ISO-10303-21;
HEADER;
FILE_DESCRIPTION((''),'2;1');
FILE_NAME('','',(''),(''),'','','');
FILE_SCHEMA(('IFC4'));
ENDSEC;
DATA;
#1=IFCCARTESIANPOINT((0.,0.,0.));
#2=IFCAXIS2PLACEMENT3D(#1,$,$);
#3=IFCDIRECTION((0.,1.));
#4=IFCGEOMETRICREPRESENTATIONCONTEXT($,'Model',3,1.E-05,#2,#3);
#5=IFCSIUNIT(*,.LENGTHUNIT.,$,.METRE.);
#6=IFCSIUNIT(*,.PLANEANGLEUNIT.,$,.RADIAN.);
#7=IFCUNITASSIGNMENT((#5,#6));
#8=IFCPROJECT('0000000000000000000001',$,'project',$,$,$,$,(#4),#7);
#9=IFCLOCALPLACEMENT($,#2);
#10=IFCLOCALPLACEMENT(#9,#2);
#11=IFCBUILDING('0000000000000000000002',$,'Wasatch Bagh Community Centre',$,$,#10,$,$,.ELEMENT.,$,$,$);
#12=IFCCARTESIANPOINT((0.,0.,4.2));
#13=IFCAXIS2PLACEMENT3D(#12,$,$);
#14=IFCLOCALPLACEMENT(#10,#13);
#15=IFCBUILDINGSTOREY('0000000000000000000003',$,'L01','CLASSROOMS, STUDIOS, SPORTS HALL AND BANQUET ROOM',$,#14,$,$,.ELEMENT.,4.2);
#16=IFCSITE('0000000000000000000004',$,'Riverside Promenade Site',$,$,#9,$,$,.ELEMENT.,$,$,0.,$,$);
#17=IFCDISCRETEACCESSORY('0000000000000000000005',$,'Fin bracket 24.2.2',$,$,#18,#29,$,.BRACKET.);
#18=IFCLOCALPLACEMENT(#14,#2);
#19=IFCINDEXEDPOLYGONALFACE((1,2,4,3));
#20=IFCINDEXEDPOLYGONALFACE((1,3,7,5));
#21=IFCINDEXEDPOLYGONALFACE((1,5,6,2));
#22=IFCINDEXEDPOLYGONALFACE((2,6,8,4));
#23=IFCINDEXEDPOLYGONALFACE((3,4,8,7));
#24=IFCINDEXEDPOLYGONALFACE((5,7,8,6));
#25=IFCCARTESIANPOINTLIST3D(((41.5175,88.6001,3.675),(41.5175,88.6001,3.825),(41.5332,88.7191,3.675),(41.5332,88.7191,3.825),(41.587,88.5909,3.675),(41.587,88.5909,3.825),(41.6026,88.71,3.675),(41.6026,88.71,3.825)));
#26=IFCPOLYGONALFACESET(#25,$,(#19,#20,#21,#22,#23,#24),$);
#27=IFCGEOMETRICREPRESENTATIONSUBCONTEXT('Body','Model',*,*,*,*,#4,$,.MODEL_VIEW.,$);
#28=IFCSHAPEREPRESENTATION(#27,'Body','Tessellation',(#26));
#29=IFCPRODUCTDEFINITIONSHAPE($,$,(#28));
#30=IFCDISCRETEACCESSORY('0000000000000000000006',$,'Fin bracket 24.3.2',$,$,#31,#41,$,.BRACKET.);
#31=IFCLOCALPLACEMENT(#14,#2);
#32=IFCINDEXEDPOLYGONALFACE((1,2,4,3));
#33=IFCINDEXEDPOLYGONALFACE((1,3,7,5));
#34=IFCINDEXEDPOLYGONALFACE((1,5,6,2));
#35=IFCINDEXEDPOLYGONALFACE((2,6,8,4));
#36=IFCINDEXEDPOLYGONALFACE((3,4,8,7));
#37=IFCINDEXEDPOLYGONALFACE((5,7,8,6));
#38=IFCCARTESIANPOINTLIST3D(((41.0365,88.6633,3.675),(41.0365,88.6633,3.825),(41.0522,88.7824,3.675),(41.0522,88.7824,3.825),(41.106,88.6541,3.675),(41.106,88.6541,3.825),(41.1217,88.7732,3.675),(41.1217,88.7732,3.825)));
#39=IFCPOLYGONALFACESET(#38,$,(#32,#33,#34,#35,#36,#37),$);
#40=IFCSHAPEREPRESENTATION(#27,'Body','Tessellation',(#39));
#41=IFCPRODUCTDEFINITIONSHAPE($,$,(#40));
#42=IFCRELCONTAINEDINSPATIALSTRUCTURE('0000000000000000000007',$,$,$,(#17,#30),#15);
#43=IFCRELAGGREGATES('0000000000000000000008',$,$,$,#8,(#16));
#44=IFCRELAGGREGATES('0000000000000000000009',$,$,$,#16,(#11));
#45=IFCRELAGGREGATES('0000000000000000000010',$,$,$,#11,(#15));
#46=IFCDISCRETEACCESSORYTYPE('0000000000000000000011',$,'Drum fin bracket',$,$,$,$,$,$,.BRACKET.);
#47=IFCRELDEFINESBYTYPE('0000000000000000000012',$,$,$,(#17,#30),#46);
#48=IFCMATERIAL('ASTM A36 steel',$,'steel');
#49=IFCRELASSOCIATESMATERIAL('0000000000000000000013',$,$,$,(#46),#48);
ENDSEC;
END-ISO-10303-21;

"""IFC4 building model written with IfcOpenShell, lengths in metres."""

from ifc_helpers import new_model, si_unit, direction, frame, origin, origin_2d, place, context, subcontext, project, spatial, rectangle, extrude, material, type_object, element, save


model = new_model("IFC4")

# Units and contexts
model_context = context("Model", 3, precision=1e-05, world=origin(), true_north=direction((0.0, 1.0)))
body_context = subcontext(model_context, "Body", "Model", "MODEL_VIEW")
ifc_project = project(units=[si_unit("LENGTHUNIT", "METRE"), si_unit("PLANEANGLEUNIT", "RADIAN")], contexts=[model_context])

# Site, building, storey
site_placement = place(None, origin())
site = spatial("IfcSite", under=ifc_project, at=site_placement, Name="Riverside Promenade Site", CompositionType="ELEMENT", RefElevation=0.0)
building_placement = place(site_placement, origin())
building = spatial("IfcBuilding", under=site, at=building_placement, Name="Wasatch Bagh Community Centre", CompositionType="ELEMENT")
storey_placement = place(building_placement, frame((0.0, 0.0, 4.2)))
storey = spatial("IfcBuildingStorey", under=building, at=storey_placement, Name="L01", Description="CLASSROOMS, STUDIOS, SPORTS HALL AND BANQUET ROOM", CompositionType="ELEMENT", Elevation=4.2)

# Discrete accessories
ifc_material_1 = material(Name="ASTM A36 steel", Category="steel")
discrete_accessory_type = type_object("IfcDiscreteAccessoryType", Name="Drum fin bracket", PredefinedType="BRACKET", material=ifc_material_1)
for number, where, z_axis, x_axis, name in (
    (1, (41.5601, 88.655, 3.675), (0.0, 0.0, 1.0), (-0.991445, 0.130526, 0.0), "Fin bracket 24.2.2"),
    (2, (41.0791, 88.7183, 3.675), (0.0, 0.0, 1.0), (-0.991445, 0.130526, 0.0), "Fin bracket 24.3.2"),
):
    element("IfcDiscreteAccessory", number, at=place(storey_placement, frame(where, z_axis=z_axis, x_axis=x_axis)), inside=storey, type_object=discrete_accessory_type, Name=name, PredefinedType="BRACKET", context=body_context, shape_type="SweptSolid", body=[
        extrude(rectangle(XDim=0.0701, YDim=0.1201, at=origin_2d()), origin(), (0.0, 0.0, 1.0), 0.1499),
    ])

save(model, "model.ifc")
